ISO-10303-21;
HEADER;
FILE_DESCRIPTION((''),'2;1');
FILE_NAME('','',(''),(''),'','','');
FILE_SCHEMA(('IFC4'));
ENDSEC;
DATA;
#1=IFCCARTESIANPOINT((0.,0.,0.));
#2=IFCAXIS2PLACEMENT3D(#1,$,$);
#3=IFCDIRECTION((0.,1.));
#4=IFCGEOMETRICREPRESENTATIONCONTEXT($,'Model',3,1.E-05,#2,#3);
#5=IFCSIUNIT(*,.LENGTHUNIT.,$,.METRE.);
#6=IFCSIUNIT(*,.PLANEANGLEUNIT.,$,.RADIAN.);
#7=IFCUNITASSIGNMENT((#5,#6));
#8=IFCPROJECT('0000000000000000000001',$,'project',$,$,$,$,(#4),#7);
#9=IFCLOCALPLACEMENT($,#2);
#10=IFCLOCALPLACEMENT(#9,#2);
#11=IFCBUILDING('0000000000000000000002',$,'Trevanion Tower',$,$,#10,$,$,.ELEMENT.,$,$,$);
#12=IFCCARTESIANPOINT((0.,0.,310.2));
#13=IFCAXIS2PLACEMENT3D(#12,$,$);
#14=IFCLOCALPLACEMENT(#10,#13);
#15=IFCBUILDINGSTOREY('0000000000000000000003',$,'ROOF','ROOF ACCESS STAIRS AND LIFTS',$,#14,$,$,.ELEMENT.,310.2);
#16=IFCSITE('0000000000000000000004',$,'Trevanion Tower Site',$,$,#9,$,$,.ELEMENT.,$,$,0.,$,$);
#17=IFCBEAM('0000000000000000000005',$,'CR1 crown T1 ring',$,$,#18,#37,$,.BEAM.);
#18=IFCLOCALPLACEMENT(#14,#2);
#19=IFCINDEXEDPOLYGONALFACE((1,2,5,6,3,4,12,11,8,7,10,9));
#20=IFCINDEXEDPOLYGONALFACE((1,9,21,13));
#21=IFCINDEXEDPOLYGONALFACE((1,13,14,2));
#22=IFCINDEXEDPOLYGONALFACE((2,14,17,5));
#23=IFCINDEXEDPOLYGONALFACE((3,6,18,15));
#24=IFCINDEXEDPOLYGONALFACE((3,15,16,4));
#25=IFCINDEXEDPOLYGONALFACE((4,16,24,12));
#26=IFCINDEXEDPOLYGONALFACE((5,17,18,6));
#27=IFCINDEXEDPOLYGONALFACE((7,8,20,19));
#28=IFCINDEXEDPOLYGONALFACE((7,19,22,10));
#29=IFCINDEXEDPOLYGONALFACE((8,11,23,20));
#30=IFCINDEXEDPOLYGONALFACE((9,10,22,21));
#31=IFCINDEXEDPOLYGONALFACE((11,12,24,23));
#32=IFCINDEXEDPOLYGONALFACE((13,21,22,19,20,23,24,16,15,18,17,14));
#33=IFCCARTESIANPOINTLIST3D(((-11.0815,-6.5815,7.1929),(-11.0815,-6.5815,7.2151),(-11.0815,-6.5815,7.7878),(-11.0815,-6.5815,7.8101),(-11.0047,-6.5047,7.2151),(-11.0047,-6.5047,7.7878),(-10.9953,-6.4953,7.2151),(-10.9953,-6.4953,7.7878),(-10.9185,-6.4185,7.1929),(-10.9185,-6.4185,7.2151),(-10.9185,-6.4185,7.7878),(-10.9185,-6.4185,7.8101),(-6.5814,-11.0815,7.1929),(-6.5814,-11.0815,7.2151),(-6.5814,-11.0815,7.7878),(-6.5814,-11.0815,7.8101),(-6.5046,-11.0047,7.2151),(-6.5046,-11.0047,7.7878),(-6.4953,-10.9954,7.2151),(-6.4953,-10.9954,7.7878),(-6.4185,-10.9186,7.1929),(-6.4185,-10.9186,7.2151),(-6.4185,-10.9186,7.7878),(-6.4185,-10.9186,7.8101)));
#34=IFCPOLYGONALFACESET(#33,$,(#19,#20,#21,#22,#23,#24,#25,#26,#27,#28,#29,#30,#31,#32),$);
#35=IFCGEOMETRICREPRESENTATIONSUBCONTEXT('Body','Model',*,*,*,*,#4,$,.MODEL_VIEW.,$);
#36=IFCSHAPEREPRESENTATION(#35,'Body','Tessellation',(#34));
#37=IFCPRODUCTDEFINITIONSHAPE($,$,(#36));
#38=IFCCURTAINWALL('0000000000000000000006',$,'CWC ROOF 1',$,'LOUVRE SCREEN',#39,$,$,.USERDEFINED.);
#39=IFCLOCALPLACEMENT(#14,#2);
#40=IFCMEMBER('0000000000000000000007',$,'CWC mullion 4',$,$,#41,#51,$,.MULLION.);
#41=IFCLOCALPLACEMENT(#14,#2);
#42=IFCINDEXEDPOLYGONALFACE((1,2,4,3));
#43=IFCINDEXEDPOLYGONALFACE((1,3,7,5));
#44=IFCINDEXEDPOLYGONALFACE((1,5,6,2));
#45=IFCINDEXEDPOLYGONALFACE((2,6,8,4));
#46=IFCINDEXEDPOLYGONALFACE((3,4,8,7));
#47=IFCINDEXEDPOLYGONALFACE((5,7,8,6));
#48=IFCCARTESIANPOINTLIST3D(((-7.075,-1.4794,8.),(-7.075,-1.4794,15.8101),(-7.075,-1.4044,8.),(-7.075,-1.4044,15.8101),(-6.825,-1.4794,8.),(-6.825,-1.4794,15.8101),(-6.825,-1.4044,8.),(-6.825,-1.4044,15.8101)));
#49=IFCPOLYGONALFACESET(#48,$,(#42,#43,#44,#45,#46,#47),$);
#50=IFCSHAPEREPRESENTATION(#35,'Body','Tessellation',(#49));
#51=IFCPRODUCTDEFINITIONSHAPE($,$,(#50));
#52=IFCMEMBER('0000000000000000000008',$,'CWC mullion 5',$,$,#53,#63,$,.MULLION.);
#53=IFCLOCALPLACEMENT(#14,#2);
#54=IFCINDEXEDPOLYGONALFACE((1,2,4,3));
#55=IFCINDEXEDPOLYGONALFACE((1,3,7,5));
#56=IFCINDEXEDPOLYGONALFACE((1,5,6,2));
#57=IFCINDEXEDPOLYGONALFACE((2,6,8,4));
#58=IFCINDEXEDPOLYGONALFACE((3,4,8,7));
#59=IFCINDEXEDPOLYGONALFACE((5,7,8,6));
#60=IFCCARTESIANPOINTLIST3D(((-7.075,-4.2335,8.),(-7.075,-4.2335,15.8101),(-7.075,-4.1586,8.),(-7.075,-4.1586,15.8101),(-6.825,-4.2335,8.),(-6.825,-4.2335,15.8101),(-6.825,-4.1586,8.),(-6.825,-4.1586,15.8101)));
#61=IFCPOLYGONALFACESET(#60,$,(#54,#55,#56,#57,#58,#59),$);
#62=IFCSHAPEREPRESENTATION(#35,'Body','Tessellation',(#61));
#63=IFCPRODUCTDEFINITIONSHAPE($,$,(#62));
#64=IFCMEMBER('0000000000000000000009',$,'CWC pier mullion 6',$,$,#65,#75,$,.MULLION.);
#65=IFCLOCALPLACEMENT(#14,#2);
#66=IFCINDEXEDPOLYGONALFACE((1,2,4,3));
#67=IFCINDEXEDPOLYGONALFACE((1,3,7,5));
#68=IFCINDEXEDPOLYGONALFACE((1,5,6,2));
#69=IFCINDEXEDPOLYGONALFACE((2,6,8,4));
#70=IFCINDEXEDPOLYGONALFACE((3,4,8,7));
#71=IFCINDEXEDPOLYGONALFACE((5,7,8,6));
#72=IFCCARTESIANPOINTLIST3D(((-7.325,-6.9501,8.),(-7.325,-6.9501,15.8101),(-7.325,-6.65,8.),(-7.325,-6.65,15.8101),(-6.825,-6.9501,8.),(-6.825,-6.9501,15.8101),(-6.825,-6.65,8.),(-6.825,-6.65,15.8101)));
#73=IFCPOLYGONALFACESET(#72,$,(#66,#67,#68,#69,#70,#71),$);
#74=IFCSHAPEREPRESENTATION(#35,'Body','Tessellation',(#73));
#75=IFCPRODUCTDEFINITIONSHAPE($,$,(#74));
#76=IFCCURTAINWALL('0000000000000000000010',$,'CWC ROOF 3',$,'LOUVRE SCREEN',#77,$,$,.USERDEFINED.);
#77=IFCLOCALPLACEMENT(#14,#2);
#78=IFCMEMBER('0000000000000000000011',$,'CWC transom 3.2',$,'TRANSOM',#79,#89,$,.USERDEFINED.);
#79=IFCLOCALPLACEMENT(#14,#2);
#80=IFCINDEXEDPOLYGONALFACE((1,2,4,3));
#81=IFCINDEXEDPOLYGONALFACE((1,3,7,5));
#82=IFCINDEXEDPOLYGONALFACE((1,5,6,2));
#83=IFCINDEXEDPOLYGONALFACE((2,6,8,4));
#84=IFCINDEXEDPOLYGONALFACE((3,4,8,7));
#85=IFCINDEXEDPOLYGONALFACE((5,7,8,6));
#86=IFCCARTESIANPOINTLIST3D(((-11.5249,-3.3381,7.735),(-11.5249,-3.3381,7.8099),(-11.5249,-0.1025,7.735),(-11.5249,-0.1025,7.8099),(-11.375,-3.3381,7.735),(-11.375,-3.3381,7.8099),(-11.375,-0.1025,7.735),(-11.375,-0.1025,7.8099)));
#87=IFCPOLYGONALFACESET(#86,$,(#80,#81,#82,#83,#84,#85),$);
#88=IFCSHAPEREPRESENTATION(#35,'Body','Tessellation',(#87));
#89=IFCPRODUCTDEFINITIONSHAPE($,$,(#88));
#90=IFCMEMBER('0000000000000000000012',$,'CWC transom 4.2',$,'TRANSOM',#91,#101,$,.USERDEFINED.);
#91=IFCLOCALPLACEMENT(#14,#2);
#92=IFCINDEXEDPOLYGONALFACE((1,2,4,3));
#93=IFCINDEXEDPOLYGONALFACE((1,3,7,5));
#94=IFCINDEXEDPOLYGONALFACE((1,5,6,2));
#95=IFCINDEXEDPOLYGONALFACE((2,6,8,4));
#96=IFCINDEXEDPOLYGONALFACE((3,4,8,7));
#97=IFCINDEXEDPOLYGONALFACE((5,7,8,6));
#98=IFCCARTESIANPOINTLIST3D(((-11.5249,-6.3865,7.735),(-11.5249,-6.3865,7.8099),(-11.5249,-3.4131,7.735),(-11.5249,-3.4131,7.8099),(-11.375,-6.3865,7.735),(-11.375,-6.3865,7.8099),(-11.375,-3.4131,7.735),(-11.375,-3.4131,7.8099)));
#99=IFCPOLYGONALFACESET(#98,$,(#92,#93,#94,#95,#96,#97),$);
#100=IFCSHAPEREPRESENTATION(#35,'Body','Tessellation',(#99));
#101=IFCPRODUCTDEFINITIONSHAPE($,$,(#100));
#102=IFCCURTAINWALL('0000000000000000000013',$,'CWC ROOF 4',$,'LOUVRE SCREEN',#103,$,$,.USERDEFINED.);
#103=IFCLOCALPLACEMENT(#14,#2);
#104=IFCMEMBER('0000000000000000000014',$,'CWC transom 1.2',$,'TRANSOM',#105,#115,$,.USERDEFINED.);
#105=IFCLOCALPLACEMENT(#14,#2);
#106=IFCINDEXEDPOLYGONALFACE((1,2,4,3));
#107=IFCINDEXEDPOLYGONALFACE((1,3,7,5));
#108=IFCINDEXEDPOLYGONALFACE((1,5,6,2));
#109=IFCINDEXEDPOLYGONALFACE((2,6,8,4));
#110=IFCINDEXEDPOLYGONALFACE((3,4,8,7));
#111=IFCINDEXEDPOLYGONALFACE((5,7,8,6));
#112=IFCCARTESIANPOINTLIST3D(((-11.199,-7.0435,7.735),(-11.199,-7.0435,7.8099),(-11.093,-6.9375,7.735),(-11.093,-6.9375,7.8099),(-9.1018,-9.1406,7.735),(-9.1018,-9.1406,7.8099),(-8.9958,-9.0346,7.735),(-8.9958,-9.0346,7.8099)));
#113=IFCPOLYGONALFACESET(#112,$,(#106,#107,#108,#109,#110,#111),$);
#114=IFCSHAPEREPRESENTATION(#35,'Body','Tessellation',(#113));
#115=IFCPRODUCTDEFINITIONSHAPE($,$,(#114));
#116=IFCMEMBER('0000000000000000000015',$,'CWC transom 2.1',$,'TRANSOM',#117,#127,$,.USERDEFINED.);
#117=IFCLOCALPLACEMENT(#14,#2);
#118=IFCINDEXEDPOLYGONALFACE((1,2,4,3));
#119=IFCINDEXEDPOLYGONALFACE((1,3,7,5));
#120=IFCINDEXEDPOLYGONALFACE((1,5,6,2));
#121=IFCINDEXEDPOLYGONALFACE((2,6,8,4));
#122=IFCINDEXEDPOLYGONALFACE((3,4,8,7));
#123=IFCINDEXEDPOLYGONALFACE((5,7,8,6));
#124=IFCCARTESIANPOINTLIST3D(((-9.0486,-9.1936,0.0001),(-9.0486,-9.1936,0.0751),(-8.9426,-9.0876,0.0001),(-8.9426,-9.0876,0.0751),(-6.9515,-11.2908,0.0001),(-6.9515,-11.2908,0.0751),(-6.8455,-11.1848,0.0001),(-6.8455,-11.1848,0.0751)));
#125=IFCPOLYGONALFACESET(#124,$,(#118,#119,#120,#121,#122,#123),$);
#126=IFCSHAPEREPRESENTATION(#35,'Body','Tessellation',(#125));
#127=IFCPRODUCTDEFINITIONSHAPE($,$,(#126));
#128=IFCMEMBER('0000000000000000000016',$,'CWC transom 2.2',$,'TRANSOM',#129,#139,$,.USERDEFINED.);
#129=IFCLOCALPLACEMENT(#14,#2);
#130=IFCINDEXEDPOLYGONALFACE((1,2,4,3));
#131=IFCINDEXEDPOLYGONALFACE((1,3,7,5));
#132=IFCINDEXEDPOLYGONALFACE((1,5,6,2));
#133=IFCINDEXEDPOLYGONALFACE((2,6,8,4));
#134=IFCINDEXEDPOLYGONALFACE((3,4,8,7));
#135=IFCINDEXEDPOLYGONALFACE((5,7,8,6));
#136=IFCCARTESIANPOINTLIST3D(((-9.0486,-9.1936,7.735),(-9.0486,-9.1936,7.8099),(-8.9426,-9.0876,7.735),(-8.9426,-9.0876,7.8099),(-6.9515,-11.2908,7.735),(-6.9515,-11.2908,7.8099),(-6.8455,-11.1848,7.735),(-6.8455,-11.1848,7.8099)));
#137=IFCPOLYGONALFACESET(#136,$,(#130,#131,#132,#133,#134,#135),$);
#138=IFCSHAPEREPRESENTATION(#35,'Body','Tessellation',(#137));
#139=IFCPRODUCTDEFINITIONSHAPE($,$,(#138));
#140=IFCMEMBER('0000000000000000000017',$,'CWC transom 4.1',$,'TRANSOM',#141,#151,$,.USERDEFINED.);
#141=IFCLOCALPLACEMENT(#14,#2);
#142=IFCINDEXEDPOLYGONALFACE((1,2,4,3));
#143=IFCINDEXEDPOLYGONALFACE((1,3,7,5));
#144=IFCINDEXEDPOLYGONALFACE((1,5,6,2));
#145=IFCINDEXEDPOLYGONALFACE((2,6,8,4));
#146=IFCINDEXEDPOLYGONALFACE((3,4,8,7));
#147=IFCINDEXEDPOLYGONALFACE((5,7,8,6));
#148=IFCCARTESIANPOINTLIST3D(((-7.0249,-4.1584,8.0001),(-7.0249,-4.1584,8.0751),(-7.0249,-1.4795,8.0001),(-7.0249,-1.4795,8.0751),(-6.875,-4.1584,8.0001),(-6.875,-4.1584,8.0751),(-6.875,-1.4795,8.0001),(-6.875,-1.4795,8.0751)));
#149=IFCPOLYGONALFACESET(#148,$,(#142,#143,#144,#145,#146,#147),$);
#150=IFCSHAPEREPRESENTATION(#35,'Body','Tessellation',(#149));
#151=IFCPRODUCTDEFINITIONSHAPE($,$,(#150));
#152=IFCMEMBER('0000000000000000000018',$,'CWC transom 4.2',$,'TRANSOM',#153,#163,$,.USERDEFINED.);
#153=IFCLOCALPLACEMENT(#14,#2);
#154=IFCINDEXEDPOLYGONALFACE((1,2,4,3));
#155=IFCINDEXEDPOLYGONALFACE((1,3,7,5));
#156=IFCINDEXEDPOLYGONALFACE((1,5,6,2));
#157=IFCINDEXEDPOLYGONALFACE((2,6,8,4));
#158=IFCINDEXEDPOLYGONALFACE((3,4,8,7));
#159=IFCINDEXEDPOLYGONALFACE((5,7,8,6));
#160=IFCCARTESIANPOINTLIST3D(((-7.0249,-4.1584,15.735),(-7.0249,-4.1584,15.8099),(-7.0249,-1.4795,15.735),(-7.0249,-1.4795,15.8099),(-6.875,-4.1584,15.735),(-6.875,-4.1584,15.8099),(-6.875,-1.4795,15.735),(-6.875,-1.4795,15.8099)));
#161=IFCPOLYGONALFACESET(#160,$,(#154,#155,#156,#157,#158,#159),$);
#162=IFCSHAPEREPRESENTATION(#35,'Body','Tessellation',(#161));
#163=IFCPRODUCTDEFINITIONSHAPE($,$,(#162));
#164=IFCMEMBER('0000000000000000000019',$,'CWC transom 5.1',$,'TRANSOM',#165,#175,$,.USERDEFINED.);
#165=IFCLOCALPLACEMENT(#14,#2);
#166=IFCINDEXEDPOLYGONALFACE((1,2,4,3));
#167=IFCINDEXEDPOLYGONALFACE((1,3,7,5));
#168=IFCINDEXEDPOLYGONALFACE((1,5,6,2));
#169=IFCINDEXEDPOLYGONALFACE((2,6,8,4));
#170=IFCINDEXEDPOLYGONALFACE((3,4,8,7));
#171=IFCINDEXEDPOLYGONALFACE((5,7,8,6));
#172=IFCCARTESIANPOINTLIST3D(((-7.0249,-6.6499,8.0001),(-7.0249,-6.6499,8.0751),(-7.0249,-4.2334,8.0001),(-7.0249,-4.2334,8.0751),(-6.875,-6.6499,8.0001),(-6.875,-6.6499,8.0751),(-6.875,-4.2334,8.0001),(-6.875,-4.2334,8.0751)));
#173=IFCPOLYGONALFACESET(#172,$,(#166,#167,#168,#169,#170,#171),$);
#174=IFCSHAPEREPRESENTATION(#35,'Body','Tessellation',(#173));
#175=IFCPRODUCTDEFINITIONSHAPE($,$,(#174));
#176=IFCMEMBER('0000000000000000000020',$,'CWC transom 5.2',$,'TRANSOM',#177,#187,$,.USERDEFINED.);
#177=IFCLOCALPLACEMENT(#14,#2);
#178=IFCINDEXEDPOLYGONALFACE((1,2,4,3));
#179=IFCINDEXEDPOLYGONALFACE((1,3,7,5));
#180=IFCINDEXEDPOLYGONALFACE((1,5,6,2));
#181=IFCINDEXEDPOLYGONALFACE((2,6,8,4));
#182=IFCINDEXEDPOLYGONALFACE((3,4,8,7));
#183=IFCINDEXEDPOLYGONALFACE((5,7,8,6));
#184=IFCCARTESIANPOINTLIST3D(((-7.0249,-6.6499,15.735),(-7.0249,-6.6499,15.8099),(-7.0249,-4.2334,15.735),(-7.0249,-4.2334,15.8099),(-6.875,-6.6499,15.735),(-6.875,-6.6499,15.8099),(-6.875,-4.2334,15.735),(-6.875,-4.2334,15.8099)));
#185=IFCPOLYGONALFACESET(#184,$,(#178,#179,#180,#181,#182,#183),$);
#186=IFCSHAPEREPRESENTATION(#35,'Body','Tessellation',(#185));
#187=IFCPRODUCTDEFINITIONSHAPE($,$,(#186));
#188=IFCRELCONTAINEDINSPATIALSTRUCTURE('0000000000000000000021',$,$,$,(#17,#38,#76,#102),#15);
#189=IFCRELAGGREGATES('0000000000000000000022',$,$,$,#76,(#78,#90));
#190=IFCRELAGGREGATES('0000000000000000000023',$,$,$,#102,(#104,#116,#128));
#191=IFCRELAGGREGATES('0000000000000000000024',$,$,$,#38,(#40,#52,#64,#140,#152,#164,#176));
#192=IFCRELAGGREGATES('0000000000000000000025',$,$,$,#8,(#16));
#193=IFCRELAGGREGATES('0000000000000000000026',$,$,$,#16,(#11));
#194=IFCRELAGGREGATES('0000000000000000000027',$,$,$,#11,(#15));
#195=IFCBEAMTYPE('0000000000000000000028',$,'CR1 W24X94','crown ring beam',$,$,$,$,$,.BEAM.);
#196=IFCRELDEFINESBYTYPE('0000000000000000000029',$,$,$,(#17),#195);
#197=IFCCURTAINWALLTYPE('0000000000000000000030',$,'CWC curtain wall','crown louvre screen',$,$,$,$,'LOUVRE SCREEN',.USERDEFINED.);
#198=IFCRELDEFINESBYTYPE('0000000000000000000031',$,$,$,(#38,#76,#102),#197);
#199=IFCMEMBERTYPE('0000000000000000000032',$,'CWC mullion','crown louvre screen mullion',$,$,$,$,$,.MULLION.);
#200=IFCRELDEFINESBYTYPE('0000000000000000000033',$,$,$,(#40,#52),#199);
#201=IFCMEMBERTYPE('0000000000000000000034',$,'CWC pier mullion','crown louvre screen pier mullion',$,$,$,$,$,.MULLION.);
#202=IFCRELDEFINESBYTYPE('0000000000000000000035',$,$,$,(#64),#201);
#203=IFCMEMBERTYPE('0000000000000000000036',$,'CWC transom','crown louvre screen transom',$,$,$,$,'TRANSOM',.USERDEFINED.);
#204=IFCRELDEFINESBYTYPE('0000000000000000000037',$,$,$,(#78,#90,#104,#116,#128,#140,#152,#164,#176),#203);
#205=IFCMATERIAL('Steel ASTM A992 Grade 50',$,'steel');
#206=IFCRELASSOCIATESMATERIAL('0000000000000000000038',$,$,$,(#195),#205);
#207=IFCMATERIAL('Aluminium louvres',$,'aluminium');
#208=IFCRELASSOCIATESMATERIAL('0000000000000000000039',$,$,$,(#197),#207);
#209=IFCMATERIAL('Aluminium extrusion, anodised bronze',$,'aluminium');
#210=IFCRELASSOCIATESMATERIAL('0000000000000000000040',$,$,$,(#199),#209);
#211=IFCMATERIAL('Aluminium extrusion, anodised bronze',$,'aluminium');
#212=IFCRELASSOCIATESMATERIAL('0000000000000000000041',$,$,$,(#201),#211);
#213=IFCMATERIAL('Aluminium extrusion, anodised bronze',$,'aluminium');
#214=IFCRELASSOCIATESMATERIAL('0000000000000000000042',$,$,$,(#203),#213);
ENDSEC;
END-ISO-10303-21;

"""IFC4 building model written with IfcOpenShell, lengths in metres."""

from ifc_helpers import new_model, si_unit, direction, frame, origin, origin_2d, place, context, subcontext, project, spatial, rectangle, i_section, extrude, material, material_profile, profile_set, type_object, element, aggregate, save


model = new_model("IFC4")

# Units and contexts
model_context = context("Model", 3, precision=1e-05, world=origin(), true_north=direction((0.0, 1.0)))
body_context = subcontext(model_context, "Body", "Model", "MODEL_VIEW")
ifc_project = project(units=[si_unit("LENGTHUNIT", "METRE"), si_unit("PLANEANGLEUNIT", "RADIAN")], contexts=[model_context])

# Site, building, storey
site_placement = place(None, origin())
site = spatial("IfcSite", under=ifc_project, at=site_placement, Name="Trevanion Tower Site", CompositionType="ELEMENT", RefElevation=0.0)
building_placement = place(site_placement, origin())
building = spatial("IfcBuilding", under=site, at=building_placement, Name="Trevanion Tower", CompositionType="ELEMENT")
storey_placement = place(building_placement, frame((0.0, 0.0, 310.2)))
storey = spatial("IfcBuildingStorey", under=building, at=storey_placement, Name="ROOF", Description="ROOF ACCESS STAIRS AND LIFTS", CompositionType="ELEMENT", Elevation=310.2)

# Beam
ifc_material_1 = material(Name="Steel ASTM A992 Grade 50", Category="steel")
ifc_material_profile_1 = material_profile(ifc_material_1, i_section(OverallWidth=0.2305, OverallDepth=0.6172, WebThickness=0.0132, FlangeThickness=0.0222, at=origin_2d()), Name="W24X94")
ifc_profile_set_1 = profile_set([ifc_material_profile_1], Name="Steel ASTM A992 Grade 50")
beam_type = type_object("IfcBeamType", Name="CR1 W24X94", Description="crown ring beam", PredefinedType="BEAM", material=ifc_profile_set_1)
beam_placement = place(storey_placement, frame((-11.0, -6.5, 7.5015), z_axis=(0.707107, -0.707107, 0.0), x_axis=(0.707107, 0.707107, 0.0)))
element("IfcBeam", 1, at=beam_placement, inside=storey, type_object=beam_type, Name="CR1 crown T1 ring", PredefinedType="BEAM", context=body_context, shape_type="SweptSolid", body=[
    extrude(i_section(OverallWidth=0.2305, OverallDepth=0.6172, WebThickness=0.0132, FlangeThickness=0.0222, at=origin_2d()), origin(), (0.0, 0.0, 1.0), 6.364),
])

# Curtain walls, members
ifc_material_2 = material(Name="Aluminium louvres", Category="aluminium")
curtain_wall_type = type_object("IfcCurtainWallType", Name="CWC curtain wall", Description="crown louvre screen", ElementType="LOUVRE SCREEN", PredefinedType="USERDEFINED", material=ifc_material_2)
curtain_wall_1_placement = place(storey_placement, origin())
curtain_wall_1 = element("IfcCurtainWall", 2, at=curtain_wall_1_placement, inside=storey, type_object=curtain_wall_type, Name="CWC ROOF 1", ObjectType="LOUVRE SCREEN", PredefinedType="USERDEFINED")
ifc_material_3 = material(Name="Aluminium extrusion, anodised bronze", Category="aluminium")
ifc_material_profile_2 = material_profile(ifc_material_3, rectangle(XDim=0.075, YDim=0.25, at=origin_2d()), Name="CWC mullion")
ifc_profile_set_2 = profile_set([ifc_material_profile_2], Name="Aluminium extrusion, anodised bronze")
member_type_1 = type_object("IfcMemberType", Name="CWC mullion", Description="crown louvre screen mullion", PredefinedType="MULLION", material=ifc_profile_set_2)
member_1_placement = place(storey_placement, frame((-6.95, -1.4419, 8.0), z_axis=(0.0, 0.0, 1.0), x_axis=(0.0, -1.0, 0.0)))
member_1 = element("IfcMember", 3, at=member_1_placement, type_object=member_type_1, Name="CWC mullion 4", PredefinedType="MULLION", context=body_context, shape_type="SweptSolid", body=[
    extrude(rectangle(XDim=0.075, YDim=0.25, at=origin_2d()), origin(), (0.0, 0.0, 1.0), 7.8101),
])
member_2_placement = place(storey_placement, frame((-6.95, -4.196, 8.0), z_axis=(0.0, 0.0, 1.0), x_axis=(0.0, -1.0, 0.0)))
member_2 = element("IfcMember", 4, at=member_2_placement, type_object=member_type_1, Name="CWC mullion 5", PredefinedType="MULLION", context=body_context, shape_type="SweptSolid", body=[
    extrude(rectangle(XDim=0.075, YDim=0.25, at=origin_2d()), origin(), (0.0, 0.0, 1.0), 7.8101),
])
ifc_material_4 = material(Name="Aluminium extrusion, anodised bronze", Category="aluminium")
ifc_material_profile_3 = material_profile(ifc_material_4, rectangle(XDim=0.3, YDim=0.5, at=origin_2d()), Name="CWC pier mullion")
ifc_profile_set_3 = profile_set([ifc_material_profile_3], Name="Aluminium extrusion, anodised bronze")
member_type_2 = type_object("IfcMemberType", Name="CWC pier mullion", Description="crown louvre screen pier mullion", PredefinedType="MULLION", material=ifc_profile_set_3)
member_3_placement = place(storey_placement, frame((-7.075, -6.8, 8.0), z_axis=(0.0, 0.0, 1.0), x_axis=(0.0, -1.0, 0.0)))
member_3 = element("IfcMember", 5, at=member_3_placement, type_object=member_type_2, Name="CWC pier mullion 6", PredefinedType="MULLION", context=body_context, shape_type="SweptSolid", body=[
    extrude(rectangle(XDim=0.3, YDim=0.5, at=origin_2d()), origin(), (0.0, 0.0, 1.0), 7.8101),
])
curtain_wall_2_placement = place(storey_placement, origin())
curtain_wall_2 = element("IfcCurtainWall", 6, at=curtain_wall_2_placement, inside=storey, type_object=curtain_wall_type, Name="CWC ROOF 3", ObjectType="LOUVRE SCREEN", PredefinedType="USERDEFINED")
ifc_material_5 = material(Name="Aluminium extrusion, anodised bronze", Category="aluminium")
ifc_material_profile_4 = material_profile(ifc_material_5, rectangle(XDim=0.1499, YDim=0.075, at=origin_2d()), Name="CWC transom")
ifc_profile_set_4 = profile_set([ifc_material_profile_4], Name="Aluminium extrusion, anodised bronze")
member_type_3 = type_object("IfcMemberType", Name="CWC transom", Description="crown louvre screen transom", ElementType="TRANSOM", PredefinedType="USERDEFINED", material=ifc_profile_set_4)
member_4_placement = place(storey_placement, frame((-11.45, -0.1025, 7.7725), z_axis=(0.0, -1.0, 0.0), x_axis=(1.0, 0.0, 0.0)))
member_4 = element("IfcMember", 7, at=member_4_placement, type_object=member_type_3, Name="CWC transom 3.2", ObjectType="TRANSOM", PredefinedType="USERDEFINED", context=body_context, shape_type="SweptSolid", body=[
    extrude(rectangle(XDim=0.1499, YDim=0.075, at=origin_2d()), origin(), (0.0, 0.0, 1.0), 3.2356),
])
member_5_placement = place(storey_placement, frame((-11.45, -3.4131, 7.7725), z_axis=(0.0, -1.0, 0.0), x_axis=(1.0, 0.0, 0.0)))
member_5 = element("IfcMember", 8, at=member_5_placement, type_object=member_type_3, Name="CWC transom 4.2", ObjectType="TRANSOM", PredefinedType="USERDEFINED", context=body_context, shape_type="SweptSolid", body=[
    extrude(rectangle(XDim=0.1499, YDim=0.075, at=origin_2d()), origin(), (0.0, 0.0, 1.0), 2.9734),
])
curtain_wall_3_placement = place(storey_placement, origin())
curtain_wall_3 = element("IfcCurtainWall", 9, at=curtain_wall_3_placement, inside=storey, type_object=curtain_wall_type, Name="CWC ROOF 4", ObjectType="LOUVRE SCREEN", PredefinedType="USERDEFINED")
member_6_placement = place(storey_placement, frame((-11.146, -6.9905, 7.7725), z_axis=(0.707107, -0.707107, 0.0), x_axis=(0.707107, 0.707107, 0.0)))
member_6 = element("IfcMember", 10, at=member_6_placement, type_object=member_type_3, Name="CWC transom 1.2", ObjectType="TRANSOM", PredefinedType="USERDEFINED", context=body_context, shape_type="SweptSolid", body=[
    extrude(rectangle(XDim=0.1499, YDim=0.075, at=origin_2d()), origin(), (0.0, 0.0, 1.0), 2.9658),
])
member_7_placement = place(storey_placement, frame((-8.9956, -9.1406, 0.0376), z_axis=(0.707107, -0.707107, 0.0), x_axis=(0.707107, 0.707107, 0.0)))
member_7 = element("IfcMember", 11, at=member_7_placement, type_object=member_type_3, Name="CWC transom 2.1", ObjectType="TRANSOM", PredefinedType="USERDEFINED", context=body_context, shape_type="SweptSolid", body=[
    extrude(rectangle(XDim=0.1499, YDim=0.075, at=origin_2d()), origin(), (0.0, 0.0, 1.0), 2.9658),
])
member_8_placement = place(storey_placement, frame((-8.9956, -9.1406, 7.7725), z_axis=(0.707107, -0.707107, 0.0), x_axis=(0.707107, 0.707107, 0.0)))
member_8 = element("IfcMember", 12, at=member_8_placement, type_object=member_type_3, Name="CWC transom 2.2", ObjectType="TRANSOM", PredefinedType="USERDEFINED", context=body_context, shape_type="SweptSolid", body=[
    extrude(rectangle(XDim=0.1499, YDim=0.075, at=origin_2d()), origin(), (0.0, 0.0, 1.0), 2.9658),
])

# Members
member_9_placement = place(storey_placement, frame((-6.95, -1.4795, 8.0376), z_axis=(0.0, -1.0, 0.0), x_axis=(1.0, 0.0, 0.0)))
member_9 = element("IfcMember", 13, at=member_9_placement, type_object=member_type_3, Name="CWC transom 4.1", ObjectType="TRANSOM", PredefinedType="USERDEFINED", context=body_context, shape_type="SweptSolid", body=[
    extrude(rectangle(XDim=0.1499, YDim=0.075, at=origin_2d()), origin(), (0.0, 0.0, 1.0), 2.679),
])
member_10_placement = place(storey_placement, frame((-6.95, -1.4795, 15.7725), z_axis=(0.0, -1.0, 0.0), x_axis=(1.0, 0.0, 0.0)))
member_10 = element("IfcMember", 14, at=member_10_placement, type_object=member_type_3, Name="CWC transom 4.2", ObjectType="TRANSOM", PredefinedType="USERDEFINED", context=body_context, shape_type="SweptSolid", body=[
    extrude(rectangle(XDim=0.1499, YDim=0.075, at=origin_2d()), origin(), (0.0, 0.0, 1.0), 2.679),
])
member_11_placement = place(storey_placement, frame((-6.95, -4.2334, 8.0376), z_axis=(0.0, -1.0, 0.0), x_axis=(1.0, 0.0, 0.0)))
member_11 = element("IfcMember", 15, at=member_11_placement, type_object=member_type_3, Name="CWC transom 5.1", ObjectType="TRANSOM", PredefinedType="USERDEFINED", context=body_context, shape_type="SweptSolid", body=[
    extrude(rectangle(XDim=0.1499, YDim=0.075, at=origin_2d()), origin(), (0.0, 0.0, 1.0), 2.4165),
])
member_12_placement = place(storey_placement, frame((-6.95, -4.2334, 15.7725), z_axis=(0.0, -1.0, 0.0), x_axis=(1.0, 0.0, 0.0)))
member_12 = element("IfcMember", 16, at=member_12_placement, type_object=member_type_3, Name="CWC transom 5.2", ObjectType="TRANSOM", PredefinedType="USERDEFINED", context=body_context, shape_type="SweptSolid", body=[
    extrude(rectangle(XDim=0.1499, YDim=0.075, at=origin_2d()), origin(), (0.0, 0.0, 1.0), 2.4165),
])

aggregate(curtain_wall_2, [member_4, member_5])
aggregate(curtain_wall_3, [member_6, member_7, member_8])
aggregate(curtain_wall_1, [member_1, member_2, member_3, member_9, member_10, member_11, member_12])

save(model, "model.ifc")
